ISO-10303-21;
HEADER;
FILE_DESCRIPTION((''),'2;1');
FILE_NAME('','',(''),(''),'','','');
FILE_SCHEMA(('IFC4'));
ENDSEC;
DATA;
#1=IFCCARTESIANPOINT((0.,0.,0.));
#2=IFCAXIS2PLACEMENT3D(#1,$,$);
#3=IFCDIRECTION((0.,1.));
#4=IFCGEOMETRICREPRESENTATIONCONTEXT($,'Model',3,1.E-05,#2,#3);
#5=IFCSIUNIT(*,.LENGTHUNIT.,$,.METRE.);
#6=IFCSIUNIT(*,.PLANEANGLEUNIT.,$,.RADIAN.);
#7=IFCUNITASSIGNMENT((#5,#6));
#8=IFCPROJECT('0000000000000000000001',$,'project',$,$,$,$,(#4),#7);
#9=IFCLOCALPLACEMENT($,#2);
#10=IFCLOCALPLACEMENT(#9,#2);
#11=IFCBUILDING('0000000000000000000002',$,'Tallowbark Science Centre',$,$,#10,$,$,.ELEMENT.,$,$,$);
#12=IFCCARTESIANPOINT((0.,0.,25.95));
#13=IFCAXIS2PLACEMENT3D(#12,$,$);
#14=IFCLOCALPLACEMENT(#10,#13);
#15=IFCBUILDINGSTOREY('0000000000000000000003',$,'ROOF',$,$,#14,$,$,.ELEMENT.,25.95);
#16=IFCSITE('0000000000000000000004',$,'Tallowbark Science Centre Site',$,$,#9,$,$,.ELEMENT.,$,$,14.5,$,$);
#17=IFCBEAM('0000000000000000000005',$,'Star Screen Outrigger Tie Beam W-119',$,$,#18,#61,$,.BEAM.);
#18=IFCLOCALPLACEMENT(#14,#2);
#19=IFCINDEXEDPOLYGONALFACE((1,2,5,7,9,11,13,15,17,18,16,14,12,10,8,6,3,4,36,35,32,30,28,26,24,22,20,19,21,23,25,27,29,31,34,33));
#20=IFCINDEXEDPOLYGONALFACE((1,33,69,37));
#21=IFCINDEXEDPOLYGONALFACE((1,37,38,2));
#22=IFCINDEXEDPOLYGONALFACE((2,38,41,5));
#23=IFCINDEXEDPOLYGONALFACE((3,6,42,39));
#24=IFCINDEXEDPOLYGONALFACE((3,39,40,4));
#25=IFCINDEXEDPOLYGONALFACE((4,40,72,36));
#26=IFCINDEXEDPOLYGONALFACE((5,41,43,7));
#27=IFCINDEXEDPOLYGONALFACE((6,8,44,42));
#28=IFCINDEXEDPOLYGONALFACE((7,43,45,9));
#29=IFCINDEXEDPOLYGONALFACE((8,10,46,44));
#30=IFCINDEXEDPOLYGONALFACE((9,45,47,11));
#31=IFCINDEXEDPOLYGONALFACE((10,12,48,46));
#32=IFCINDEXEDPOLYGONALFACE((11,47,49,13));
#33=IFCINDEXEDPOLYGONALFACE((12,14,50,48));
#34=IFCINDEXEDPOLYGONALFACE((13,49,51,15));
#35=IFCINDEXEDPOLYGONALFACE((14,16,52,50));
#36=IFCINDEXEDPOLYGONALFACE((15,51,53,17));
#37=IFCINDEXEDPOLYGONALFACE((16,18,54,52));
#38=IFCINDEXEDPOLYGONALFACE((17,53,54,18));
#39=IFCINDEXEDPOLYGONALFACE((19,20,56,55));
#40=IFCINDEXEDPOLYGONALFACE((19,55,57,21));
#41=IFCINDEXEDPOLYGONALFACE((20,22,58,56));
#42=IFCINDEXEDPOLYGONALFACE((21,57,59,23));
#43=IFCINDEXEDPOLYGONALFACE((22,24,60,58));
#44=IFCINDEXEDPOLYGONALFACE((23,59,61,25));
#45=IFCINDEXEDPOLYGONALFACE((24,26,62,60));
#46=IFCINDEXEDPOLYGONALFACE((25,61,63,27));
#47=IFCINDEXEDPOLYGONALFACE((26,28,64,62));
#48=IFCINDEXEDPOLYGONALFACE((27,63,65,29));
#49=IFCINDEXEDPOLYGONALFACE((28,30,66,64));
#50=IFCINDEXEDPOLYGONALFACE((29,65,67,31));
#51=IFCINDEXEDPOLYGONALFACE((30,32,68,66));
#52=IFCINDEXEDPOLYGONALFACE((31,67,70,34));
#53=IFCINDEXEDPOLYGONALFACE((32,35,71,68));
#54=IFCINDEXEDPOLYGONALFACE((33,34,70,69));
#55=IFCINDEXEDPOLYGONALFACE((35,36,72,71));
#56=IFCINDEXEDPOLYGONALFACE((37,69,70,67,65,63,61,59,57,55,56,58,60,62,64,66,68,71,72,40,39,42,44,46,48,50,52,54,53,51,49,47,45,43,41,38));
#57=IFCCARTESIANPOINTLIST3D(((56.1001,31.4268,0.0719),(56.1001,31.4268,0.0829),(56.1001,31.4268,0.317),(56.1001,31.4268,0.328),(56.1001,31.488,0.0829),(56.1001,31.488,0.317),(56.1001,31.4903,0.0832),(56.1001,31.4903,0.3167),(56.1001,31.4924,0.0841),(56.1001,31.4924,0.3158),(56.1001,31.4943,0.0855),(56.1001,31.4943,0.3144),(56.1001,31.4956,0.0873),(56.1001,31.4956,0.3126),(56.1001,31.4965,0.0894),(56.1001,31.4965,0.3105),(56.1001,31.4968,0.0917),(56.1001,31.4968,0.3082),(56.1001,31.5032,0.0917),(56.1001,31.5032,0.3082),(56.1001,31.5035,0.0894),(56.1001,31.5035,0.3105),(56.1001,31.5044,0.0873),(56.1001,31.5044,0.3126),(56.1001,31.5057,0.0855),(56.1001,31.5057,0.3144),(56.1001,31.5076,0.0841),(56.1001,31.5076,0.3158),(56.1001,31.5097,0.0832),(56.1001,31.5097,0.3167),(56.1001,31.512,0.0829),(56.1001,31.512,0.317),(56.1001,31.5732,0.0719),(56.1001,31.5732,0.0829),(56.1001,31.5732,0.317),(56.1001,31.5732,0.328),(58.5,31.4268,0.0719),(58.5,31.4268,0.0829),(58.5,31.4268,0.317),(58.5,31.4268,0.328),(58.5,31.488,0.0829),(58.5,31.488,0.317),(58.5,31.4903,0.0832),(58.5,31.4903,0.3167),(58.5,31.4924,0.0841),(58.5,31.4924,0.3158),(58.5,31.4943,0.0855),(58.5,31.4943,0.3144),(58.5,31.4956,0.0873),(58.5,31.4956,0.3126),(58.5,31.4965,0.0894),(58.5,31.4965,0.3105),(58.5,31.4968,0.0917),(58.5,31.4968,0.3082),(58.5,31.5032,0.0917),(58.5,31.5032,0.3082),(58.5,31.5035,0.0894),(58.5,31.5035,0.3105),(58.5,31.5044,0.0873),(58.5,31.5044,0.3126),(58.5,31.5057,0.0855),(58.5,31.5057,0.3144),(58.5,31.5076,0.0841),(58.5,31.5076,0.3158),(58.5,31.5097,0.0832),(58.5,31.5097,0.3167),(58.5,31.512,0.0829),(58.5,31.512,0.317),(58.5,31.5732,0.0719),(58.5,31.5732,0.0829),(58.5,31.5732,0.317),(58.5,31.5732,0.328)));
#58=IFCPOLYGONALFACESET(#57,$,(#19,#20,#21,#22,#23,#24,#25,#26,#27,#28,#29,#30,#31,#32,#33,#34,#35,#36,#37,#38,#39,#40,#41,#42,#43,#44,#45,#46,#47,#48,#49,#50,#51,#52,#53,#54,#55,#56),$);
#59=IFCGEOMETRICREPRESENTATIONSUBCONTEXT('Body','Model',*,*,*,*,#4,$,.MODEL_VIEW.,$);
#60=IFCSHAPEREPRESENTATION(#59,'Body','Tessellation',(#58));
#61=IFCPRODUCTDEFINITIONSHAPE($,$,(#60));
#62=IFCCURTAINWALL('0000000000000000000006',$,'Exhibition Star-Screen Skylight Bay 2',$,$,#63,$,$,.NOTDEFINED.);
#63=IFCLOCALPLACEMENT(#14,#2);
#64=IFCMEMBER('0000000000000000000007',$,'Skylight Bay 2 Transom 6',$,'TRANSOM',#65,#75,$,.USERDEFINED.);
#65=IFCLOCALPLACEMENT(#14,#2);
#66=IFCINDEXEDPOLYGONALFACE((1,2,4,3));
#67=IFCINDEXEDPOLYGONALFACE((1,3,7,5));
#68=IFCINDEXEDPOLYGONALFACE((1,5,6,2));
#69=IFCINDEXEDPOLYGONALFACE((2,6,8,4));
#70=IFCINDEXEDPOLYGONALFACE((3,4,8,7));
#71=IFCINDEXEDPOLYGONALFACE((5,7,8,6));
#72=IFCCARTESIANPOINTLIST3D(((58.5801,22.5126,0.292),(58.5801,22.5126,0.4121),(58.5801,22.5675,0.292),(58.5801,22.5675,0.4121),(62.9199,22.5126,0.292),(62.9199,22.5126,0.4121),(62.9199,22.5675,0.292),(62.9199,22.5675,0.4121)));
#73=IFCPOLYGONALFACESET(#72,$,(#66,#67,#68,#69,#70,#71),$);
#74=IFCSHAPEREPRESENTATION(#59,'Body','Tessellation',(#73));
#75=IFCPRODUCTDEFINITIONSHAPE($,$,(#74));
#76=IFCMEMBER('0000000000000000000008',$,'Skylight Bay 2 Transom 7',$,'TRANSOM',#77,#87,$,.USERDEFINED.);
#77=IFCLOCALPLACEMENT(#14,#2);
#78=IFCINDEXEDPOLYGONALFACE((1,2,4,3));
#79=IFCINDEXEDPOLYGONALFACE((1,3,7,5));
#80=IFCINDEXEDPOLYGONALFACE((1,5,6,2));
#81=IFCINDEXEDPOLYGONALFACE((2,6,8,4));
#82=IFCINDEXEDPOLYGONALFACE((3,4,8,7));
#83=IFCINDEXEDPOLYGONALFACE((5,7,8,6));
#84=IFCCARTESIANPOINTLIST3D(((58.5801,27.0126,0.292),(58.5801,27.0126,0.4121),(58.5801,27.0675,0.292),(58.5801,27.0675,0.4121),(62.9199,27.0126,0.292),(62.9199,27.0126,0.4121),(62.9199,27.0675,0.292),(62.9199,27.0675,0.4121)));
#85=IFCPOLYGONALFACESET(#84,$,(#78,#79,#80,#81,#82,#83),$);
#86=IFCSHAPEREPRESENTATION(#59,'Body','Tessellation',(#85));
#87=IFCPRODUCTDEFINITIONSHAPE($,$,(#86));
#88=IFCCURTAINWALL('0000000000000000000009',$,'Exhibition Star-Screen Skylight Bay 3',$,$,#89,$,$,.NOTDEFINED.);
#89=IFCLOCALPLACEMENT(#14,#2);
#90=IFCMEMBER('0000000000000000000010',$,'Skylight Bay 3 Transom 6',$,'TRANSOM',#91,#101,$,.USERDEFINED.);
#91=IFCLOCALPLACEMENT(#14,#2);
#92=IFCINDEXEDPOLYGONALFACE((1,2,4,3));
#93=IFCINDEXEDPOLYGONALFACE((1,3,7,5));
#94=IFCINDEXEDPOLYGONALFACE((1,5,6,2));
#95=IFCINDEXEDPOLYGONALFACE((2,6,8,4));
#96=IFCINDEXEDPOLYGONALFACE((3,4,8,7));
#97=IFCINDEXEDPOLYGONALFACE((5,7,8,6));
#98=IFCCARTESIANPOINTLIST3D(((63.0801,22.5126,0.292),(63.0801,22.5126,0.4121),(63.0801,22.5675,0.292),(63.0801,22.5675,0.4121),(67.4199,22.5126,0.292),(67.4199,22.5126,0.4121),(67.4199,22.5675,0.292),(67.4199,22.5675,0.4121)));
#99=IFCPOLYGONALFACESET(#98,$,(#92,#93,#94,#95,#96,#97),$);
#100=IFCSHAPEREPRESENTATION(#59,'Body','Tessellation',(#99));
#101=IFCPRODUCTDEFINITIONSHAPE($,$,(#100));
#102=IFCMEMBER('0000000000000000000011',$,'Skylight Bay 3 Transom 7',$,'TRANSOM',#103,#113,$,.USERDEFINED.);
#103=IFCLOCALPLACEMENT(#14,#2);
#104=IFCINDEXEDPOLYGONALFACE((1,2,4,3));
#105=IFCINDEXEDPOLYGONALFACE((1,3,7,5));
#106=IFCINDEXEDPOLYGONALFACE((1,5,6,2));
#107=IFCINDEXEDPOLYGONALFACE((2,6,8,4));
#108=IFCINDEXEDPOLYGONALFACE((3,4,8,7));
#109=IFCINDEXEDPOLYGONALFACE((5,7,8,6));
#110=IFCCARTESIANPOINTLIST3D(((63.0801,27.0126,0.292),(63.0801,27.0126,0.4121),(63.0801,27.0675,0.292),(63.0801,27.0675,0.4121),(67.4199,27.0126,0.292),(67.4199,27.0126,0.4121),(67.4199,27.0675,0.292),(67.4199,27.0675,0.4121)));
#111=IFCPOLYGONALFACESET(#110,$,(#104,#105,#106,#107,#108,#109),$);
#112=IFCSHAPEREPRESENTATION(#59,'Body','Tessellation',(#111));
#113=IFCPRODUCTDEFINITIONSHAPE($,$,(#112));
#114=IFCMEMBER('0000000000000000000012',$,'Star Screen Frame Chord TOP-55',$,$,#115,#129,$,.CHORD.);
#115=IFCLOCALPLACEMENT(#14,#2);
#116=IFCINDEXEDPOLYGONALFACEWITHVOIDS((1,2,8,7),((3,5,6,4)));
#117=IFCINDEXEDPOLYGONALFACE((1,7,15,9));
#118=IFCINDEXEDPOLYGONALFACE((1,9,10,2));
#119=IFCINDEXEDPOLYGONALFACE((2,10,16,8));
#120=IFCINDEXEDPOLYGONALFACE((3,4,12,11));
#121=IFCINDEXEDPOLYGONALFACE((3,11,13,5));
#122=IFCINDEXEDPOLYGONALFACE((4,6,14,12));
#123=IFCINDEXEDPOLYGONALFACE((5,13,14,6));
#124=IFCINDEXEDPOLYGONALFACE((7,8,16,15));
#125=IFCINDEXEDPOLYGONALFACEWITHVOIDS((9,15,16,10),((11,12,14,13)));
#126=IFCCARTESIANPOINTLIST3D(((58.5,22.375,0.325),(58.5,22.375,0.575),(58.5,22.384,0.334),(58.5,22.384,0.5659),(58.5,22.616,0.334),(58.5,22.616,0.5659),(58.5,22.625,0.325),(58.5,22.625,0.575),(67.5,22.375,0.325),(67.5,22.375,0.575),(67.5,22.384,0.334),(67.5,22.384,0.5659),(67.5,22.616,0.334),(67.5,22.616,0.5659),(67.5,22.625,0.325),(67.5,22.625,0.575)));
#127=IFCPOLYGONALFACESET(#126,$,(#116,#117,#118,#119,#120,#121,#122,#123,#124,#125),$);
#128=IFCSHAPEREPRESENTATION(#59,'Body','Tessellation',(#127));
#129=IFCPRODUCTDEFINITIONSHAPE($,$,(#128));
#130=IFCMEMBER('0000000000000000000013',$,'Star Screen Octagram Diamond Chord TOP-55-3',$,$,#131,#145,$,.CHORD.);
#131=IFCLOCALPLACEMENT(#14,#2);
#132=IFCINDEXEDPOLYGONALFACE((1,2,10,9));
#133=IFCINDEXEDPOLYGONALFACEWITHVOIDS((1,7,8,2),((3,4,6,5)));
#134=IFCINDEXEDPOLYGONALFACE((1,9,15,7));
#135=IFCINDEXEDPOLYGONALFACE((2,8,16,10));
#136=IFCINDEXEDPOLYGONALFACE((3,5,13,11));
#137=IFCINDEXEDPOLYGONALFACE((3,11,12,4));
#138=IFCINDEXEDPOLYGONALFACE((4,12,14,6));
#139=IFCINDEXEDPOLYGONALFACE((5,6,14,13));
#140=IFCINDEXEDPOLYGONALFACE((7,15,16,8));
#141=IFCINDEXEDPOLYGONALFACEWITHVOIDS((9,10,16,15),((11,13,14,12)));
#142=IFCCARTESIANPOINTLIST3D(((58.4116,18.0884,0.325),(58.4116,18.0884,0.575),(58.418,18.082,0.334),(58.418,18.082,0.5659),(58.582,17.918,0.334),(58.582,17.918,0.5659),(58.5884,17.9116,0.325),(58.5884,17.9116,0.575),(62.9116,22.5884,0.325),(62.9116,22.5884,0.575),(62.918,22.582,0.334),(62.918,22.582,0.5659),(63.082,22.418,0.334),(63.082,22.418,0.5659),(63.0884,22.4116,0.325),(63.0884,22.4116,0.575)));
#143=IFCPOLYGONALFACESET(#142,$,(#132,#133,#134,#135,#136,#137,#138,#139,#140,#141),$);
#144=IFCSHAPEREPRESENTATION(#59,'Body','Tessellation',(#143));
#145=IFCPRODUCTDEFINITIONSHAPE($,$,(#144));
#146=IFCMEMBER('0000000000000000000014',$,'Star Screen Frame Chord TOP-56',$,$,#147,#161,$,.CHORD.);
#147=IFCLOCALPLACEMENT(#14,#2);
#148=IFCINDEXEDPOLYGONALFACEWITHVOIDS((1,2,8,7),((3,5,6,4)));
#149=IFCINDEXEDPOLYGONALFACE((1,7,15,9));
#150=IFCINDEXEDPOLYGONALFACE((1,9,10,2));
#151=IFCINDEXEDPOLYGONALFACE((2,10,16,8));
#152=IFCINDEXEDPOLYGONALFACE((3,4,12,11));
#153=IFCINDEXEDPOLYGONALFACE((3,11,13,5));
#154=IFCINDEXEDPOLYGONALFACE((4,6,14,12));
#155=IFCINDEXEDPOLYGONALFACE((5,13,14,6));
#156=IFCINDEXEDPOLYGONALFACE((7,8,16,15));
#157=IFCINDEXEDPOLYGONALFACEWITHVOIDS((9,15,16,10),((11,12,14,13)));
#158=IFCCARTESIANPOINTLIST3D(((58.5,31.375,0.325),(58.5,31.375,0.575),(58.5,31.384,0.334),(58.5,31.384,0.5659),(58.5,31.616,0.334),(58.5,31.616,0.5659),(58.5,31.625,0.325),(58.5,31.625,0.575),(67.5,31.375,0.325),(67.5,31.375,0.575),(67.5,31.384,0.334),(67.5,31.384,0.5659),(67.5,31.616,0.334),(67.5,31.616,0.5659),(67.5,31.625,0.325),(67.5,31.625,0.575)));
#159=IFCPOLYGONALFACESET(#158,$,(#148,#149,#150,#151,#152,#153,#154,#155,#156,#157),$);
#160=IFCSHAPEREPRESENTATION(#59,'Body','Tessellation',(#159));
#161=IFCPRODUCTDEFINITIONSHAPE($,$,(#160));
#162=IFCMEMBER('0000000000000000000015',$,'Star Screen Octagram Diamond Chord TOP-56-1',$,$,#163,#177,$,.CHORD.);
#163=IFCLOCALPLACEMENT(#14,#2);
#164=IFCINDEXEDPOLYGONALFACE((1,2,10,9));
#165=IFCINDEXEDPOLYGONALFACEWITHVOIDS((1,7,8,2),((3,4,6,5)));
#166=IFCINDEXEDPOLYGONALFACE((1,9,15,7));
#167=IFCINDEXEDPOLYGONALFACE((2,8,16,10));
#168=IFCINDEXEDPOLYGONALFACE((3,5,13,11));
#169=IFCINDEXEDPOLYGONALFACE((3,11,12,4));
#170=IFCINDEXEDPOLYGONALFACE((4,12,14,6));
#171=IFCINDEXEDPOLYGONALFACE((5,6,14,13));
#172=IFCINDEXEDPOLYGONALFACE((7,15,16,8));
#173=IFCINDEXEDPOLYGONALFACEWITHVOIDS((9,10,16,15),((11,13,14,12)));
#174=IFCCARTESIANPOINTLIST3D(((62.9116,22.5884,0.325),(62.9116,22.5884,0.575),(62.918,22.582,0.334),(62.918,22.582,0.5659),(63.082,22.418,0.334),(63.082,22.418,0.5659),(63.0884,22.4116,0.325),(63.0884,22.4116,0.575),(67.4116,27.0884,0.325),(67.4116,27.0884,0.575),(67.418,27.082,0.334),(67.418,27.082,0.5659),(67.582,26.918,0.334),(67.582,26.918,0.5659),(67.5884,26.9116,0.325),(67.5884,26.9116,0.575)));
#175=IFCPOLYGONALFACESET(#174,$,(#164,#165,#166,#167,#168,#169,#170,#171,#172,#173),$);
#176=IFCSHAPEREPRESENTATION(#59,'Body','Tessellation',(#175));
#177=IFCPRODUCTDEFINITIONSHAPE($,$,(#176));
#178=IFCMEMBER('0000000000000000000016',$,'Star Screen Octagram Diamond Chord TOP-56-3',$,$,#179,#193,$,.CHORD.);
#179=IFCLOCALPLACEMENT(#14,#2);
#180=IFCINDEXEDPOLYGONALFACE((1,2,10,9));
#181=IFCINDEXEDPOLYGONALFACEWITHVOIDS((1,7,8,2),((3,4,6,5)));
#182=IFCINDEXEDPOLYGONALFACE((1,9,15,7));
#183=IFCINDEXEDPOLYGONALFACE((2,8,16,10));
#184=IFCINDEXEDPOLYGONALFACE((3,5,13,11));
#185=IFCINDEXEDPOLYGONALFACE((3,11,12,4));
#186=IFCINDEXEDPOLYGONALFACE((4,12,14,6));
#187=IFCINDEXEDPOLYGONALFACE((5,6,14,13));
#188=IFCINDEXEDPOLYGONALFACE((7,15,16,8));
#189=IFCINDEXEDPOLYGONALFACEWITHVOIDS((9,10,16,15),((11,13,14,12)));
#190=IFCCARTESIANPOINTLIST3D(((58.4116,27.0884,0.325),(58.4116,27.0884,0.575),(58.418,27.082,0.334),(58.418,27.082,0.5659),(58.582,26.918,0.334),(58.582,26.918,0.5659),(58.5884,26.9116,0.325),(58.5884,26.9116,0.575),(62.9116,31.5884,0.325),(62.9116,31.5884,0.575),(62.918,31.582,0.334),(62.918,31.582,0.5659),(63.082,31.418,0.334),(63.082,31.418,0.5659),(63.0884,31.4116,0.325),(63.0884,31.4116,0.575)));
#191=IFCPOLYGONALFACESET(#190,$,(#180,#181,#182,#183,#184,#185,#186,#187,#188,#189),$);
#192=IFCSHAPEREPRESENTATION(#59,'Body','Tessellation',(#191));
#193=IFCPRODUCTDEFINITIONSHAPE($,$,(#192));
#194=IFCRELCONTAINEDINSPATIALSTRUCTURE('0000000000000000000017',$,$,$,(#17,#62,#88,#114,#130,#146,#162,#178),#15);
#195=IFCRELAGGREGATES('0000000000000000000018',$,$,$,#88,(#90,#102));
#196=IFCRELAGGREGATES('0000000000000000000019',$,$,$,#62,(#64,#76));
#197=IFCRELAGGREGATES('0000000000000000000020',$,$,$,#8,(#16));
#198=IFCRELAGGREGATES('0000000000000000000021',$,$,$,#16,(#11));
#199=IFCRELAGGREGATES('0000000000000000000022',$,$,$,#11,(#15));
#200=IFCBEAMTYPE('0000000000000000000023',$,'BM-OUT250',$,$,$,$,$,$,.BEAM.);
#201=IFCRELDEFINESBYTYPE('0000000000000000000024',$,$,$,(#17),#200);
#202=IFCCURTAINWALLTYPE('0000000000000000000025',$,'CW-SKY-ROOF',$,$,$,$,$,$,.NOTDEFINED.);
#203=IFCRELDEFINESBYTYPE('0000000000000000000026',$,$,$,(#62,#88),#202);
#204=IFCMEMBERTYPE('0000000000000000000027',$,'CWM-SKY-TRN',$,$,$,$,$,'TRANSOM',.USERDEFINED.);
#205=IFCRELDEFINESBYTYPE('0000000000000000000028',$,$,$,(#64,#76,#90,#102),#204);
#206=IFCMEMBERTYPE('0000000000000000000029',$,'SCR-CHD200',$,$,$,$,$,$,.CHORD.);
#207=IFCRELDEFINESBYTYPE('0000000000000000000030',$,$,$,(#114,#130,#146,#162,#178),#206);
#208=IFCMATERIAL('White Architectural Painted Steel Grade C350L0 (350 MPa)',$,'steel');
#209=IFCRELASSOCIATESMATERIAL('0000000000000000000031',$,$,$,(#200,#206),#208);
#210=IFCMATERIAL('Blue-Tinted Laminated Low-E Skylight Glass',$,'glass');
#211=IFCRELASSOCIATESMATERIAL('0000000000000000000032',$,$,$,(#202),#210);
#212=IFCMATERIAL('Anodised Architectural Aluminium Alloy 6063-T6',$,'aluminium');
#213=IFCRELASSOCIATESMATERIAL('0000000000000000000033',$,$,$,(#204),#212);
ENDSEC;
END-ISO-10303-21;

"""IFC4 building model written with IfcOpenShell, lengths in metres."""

from ifc_helpers import new_model, si_unit, direction, frame, origin, origin_2d, place, context, subcontext, project, spatial, rectangle, hollow_rectangle, i_section, extrude, material, material_profile, profile_set, type_object, element, aggregate, save


model = new_model("IFC4")

# Units and contexts
model_context = context("Model", 3, precision=1e-05, world=origin(), true_north=direction((0.0, 1.0)))
body_context = subcontext(model_context, "Body", "Model", "MODEL_VIEW")
ifc_project = project(units=[si_unit("LENGTHUNIT", "METRE"), si_unit("PLANEANGLEUNIT", "RADIAN")], contexts=[model_context])

# Site, building, storey
site_placement = place(None, origin())
site = spatial("IfcSite", under=ifc_project, at=site_placement, Name="Tallowbark Science Centre Site", CompositionType="ELEMENT", RefElevation=14.5)
building_placement = place(site_placement, origin())
building = spatial("IfcBuilding", under=site, at=building_placement, Name="Tallowbark Science Centre", CompositionType="ELEMENT")
storey_placement = place(building_placement, frame((0.0, 0.0, 25.95)))
storey = spatial("IfcBuildingStorey", under=building, at=storey_placement, Name="ROOF", CompositionType="ELEMENT", Elevation=25.95)

# Beam
ifc_material_1 = material(Name="White Architectural Painted Steel Grade C350L0 (350 MPa)", Category="steel")
ifc_material_profile_1 = material_profile(ifc_material_1, i_section(OverallWidth=0.1465, OverallDepth=0.2561, WebThickness=0.0063, FlangeThickness=0.011, FilletRadius=0.0088, at=origin_2d()), Name="250UB37.3")
ifc_profile_set_1 = profile_set([ifc_material_profile_1], Name="White Architectural Painted Steel Grade C350L0 (350 MPa)")
beam_type = type_object("IfcBeamType", Name="BM-OUT250", PredefinedType="BEAM", material=ifc_profile_set_1)
beam_placement = place(storey_placement, frame((58.5, 31.5, 0.2), z_axis=(-1.0, 0.0, 0.0), x_axis=(0.0, -1.0, 0.0)))
element("IfcBeam", 1, at=beam_placement, inside=storey, type_object=beam_type, Name="Star Screen Outrigger Tie Beam W-119", PredefinedType="BEAM", context=body_context, shape_type="SweptSolid", body=[
    extrude(i_section(OverallWidth=0.1465, OverallDepth=0.2561, WebThickness=0.0063, FlangeThickness=0.011, FilletRadius=0.0088, at=origin_2d()), origin(), (0.0, 0.0, 1.0), 2.3999),
])

# Curtain walls, members
ifc_material_2 = material(Name="Blue-Tinted Laminated Low-E Skylight Glass", Category="glass")
curtain_wall_type = type_object("IfcCurtainWallType", Name="CW-SKY-ROOF", PredefinedType="NOTDEFINED", material=ifc_material_2)
curtain_wall_1_placement = place(storey_placement, origin())
curtain_wall_1 = element("IfcCurtainWall", 2, at=curtain_wall_1_placement, inside=storey, type_object=curtain_wall_type, Name="Exhibition Star-Screen Skylight Bay 2", PredefinedType="NOTDEFINED")
ifc_material_3 = material(Name="Anodised Architectural Aluminium Alloy 6063-T6", Category="aluminium")
ifc_material_profile_2 = material_profile(ifc_material_3, rectangle(XDim=0.0549, YDim=0.1201, at=origin_2d()), Name="ALU55x120")
ifc_profile_set_2 = profile_set([ifc_material_profile_2], Name="Anodised Architectural Aluminium Alloy 6063-T6")
member_type_1 = type_object("IfcMemberType", Name="CWM-SKY-TRN", ElementType="TRANSOM", PredefinedType="USERDEFINED", material=ifc_profile_set_2)
member_1_placement = place(storey_placement, frame((58.5801, 22.54, 0.3521), z_axis=(1.0, 0.0, 0.0), x_axis=(0.0, 1.0, 0.0)))
member_1 = element("IfcMember", 3, at=member_1_placement, type_object=member_type_1, Name="Skylight Bay 2 Transom 6", ObjectType="TRANSOM", PredefinedType="USERDEFINED", context=body_context, shape_type="SweptSolid", body=[
    extrude(rectangle(XDim=0.0549, YDim=0.1201, at=origin_2d()), origin(), (0.0, 0.0, 1.0), 4.3398),
])
member_2_placement = place(storey_placement, frame((58.5801, 27.04, 0.3521), z_axis=(1.0, 0.0, 0.0), x_axis=(0.0, 1.0, 0.0)))
member_2 = element("IfcMember", 4, at=member_2_placement, type_object=member_type_1, Name="Skylight Bay 2 Transom 7", ObjectType="TRANSOM", PredefinedType="USERDEFINED", context=body_context, shape_type="SweptSolid", body=[
    extrude(rectangle(XDim=0.0549, YDim=0.1201, at=origin_2d()), origin(), (0.0, 0.0, 1.0), 4.3398),
])
curtain_wall_2_placement = place(storey_placement, origin())
curtain_wall_2 = element("IfcCurtainWall", 5, at=curtain_wall_2_placement, inside=storey, type_object=curtain_wall_type, Name="Exhibition Star-Screen Skylight Bay 3", PredefinedType="NOTDEFINED")
member_3_placement = place(storey_placement, frame((63.0801, 22.54, 0.3521), z_axis=(1.0, 0.0, 0.0), x_axis=(0.0, 1.0, 0.0)))
member_3 = element("IfcMember", 6, at=member_3_placement, type_object=member_type_1, Name="Skylight Bay 3 Transom 6", ObjectType="TRANSOM", PredefinedType="USERDEFINED", context=body_context, shape_type="SweptSolid", body=[
    extrude(rectangle(XDim=0.0549, YDim=0.1201, at=origin_2d()), origin(), (0.0, 0.0, 1.0), 4.3398),
])
member_4_placement = place(storey_placement, frame((63.0801, 27.04, 0.3521), z_axis=(1.0, 0.0, 0.0), x_axis=(0.0, 1.0, 0.0)))
member_4 = element("IfcMember", 7, at=member_4_placement, type_object=member_type_1, Name="Skylight Bay 3 Transom 7", ObjectType="TRANSOM", PredefinedType="USERDEFINED", context=body_context, shape_type="SweptSolid", body=[
    extrude(rectangle(XDim=0.0549, YDim=0.1201, at=origin_2d()), origin(), (0.0, 0.0, 1.0), 4.3398),
])
aggregate(curtain_wall_2, [member_3, member_4])

# Members
ifc_material_profile_3 = material_profile(ifc_material_1, hollow_rectangle(XDim=0.25, YDim=0.25, WallThickness=0.009, at=origin_2d()), Name="250x250x9.0SHS")
ifc_profile_set_3 = profile_set([ifc_material_profile_3], Name="White Architectural Painted Steel Grade C350L0 (350 MPa)")
member_type_2 = type_object("IfcMemberType", Name="SCR-CHD200", PredefinedType="CHORD", material=ifc_profile_set_3)
member_5_placement = place(storey_placement, frame((58.5, 22.5, 0.45), z_axis=(1.0, 0.0, 0.0), x_axis=(0.0, 1.0, 0.0)))
element("IfcMember", 8, at=member_5_placement, inside=storey, type_object=member_type_2, Name="Star Screen Frame Chord TOP-55", PredefinedType="CHORD", context=body_context, shape_type="SweptSolid", body=[
    extrude(hollow_rectangle(XDim=0.25, YDim=0.25, WallThickness=0.009, at=origin_2d()), origin(), (0.0, 0.0, 1.0), 9.0),
])
member_6_placement = place(storey_placement, frame((63.0, 22.5, 0.45), z_axis=(-0.707107, -0.707107, 0.0), x_axis=(0.707107, -0.707107, 0.0)))
element("IfcMember", 9, at=member_6_placement, inside=storey, type_object=member_type_2, Name="Star Screen Octagram Diamond Chord TOP-55-3", PredefinedType="CHORD", context=body_context, shape_type="SweptSolid", body=[
    extrude(hollow_rectangle(XDim=0.25, YDim=0.25, WallThickness=0.009, at=origin_2d()), origin(), (0.0, 0.0, 1.0), 6.364),
])
member_7_placement = place(storey_placement, frame((58.5, 31.5, 0.45), z_axis=(1.0, 0.0, 0.0), x_axis=(0.0, 1.0, 0.0)))
element("IfcMember", 10, at=member_7_placement, inside=storey, type_object=member_type_2, Name="Star Screen Frame Chord TOP-56", PredefinedType="CHORD", context=body_context, shape_type="SweptSolid", body=[
    extrude(hollow_rectangle(XDim=0.25, YDim=0.25, WallThickness=0.009, at=origin_2d()), origin(), (0.0, 0.0, 1.0), 9.0),
])
for number, where, z_axis, x_axis, name in (
    (11, (63.0, 22.5, 0.45), (0.707107, 0.707107, 0.0), (-0.707107, 0.707107, 0.0), "Star Screen Octagram Diamond Chord TOP-56-1"),
    (12, (63.0, 31.5, 0.45), (-0.707107, -0.707107, 0.0), (0.707107, -0.707107, 0.0), "Star Screen Octagram Diamond Chord TOP-56-3"),
):
    element("IfcMember", number, at=place(storey_placement, frame(where, z_axis=z_axis, x_axis=x_axis)), inside=storey, type_object=member_type_2, Name=name, PredefinedType="CHORD", context=body_context, shape_type="SweptSolid", body=[
        extrude(hollow_rectangle(XDim=0.25, YDim=0.25, WallThickness=0.009, at=origin_2d()), origin(), (0.0, 0.0, 1.0), 6.364),
    ])

aggregate(curtain_wall_1, [member_1, member_2])

save(model, "model.ifc")
